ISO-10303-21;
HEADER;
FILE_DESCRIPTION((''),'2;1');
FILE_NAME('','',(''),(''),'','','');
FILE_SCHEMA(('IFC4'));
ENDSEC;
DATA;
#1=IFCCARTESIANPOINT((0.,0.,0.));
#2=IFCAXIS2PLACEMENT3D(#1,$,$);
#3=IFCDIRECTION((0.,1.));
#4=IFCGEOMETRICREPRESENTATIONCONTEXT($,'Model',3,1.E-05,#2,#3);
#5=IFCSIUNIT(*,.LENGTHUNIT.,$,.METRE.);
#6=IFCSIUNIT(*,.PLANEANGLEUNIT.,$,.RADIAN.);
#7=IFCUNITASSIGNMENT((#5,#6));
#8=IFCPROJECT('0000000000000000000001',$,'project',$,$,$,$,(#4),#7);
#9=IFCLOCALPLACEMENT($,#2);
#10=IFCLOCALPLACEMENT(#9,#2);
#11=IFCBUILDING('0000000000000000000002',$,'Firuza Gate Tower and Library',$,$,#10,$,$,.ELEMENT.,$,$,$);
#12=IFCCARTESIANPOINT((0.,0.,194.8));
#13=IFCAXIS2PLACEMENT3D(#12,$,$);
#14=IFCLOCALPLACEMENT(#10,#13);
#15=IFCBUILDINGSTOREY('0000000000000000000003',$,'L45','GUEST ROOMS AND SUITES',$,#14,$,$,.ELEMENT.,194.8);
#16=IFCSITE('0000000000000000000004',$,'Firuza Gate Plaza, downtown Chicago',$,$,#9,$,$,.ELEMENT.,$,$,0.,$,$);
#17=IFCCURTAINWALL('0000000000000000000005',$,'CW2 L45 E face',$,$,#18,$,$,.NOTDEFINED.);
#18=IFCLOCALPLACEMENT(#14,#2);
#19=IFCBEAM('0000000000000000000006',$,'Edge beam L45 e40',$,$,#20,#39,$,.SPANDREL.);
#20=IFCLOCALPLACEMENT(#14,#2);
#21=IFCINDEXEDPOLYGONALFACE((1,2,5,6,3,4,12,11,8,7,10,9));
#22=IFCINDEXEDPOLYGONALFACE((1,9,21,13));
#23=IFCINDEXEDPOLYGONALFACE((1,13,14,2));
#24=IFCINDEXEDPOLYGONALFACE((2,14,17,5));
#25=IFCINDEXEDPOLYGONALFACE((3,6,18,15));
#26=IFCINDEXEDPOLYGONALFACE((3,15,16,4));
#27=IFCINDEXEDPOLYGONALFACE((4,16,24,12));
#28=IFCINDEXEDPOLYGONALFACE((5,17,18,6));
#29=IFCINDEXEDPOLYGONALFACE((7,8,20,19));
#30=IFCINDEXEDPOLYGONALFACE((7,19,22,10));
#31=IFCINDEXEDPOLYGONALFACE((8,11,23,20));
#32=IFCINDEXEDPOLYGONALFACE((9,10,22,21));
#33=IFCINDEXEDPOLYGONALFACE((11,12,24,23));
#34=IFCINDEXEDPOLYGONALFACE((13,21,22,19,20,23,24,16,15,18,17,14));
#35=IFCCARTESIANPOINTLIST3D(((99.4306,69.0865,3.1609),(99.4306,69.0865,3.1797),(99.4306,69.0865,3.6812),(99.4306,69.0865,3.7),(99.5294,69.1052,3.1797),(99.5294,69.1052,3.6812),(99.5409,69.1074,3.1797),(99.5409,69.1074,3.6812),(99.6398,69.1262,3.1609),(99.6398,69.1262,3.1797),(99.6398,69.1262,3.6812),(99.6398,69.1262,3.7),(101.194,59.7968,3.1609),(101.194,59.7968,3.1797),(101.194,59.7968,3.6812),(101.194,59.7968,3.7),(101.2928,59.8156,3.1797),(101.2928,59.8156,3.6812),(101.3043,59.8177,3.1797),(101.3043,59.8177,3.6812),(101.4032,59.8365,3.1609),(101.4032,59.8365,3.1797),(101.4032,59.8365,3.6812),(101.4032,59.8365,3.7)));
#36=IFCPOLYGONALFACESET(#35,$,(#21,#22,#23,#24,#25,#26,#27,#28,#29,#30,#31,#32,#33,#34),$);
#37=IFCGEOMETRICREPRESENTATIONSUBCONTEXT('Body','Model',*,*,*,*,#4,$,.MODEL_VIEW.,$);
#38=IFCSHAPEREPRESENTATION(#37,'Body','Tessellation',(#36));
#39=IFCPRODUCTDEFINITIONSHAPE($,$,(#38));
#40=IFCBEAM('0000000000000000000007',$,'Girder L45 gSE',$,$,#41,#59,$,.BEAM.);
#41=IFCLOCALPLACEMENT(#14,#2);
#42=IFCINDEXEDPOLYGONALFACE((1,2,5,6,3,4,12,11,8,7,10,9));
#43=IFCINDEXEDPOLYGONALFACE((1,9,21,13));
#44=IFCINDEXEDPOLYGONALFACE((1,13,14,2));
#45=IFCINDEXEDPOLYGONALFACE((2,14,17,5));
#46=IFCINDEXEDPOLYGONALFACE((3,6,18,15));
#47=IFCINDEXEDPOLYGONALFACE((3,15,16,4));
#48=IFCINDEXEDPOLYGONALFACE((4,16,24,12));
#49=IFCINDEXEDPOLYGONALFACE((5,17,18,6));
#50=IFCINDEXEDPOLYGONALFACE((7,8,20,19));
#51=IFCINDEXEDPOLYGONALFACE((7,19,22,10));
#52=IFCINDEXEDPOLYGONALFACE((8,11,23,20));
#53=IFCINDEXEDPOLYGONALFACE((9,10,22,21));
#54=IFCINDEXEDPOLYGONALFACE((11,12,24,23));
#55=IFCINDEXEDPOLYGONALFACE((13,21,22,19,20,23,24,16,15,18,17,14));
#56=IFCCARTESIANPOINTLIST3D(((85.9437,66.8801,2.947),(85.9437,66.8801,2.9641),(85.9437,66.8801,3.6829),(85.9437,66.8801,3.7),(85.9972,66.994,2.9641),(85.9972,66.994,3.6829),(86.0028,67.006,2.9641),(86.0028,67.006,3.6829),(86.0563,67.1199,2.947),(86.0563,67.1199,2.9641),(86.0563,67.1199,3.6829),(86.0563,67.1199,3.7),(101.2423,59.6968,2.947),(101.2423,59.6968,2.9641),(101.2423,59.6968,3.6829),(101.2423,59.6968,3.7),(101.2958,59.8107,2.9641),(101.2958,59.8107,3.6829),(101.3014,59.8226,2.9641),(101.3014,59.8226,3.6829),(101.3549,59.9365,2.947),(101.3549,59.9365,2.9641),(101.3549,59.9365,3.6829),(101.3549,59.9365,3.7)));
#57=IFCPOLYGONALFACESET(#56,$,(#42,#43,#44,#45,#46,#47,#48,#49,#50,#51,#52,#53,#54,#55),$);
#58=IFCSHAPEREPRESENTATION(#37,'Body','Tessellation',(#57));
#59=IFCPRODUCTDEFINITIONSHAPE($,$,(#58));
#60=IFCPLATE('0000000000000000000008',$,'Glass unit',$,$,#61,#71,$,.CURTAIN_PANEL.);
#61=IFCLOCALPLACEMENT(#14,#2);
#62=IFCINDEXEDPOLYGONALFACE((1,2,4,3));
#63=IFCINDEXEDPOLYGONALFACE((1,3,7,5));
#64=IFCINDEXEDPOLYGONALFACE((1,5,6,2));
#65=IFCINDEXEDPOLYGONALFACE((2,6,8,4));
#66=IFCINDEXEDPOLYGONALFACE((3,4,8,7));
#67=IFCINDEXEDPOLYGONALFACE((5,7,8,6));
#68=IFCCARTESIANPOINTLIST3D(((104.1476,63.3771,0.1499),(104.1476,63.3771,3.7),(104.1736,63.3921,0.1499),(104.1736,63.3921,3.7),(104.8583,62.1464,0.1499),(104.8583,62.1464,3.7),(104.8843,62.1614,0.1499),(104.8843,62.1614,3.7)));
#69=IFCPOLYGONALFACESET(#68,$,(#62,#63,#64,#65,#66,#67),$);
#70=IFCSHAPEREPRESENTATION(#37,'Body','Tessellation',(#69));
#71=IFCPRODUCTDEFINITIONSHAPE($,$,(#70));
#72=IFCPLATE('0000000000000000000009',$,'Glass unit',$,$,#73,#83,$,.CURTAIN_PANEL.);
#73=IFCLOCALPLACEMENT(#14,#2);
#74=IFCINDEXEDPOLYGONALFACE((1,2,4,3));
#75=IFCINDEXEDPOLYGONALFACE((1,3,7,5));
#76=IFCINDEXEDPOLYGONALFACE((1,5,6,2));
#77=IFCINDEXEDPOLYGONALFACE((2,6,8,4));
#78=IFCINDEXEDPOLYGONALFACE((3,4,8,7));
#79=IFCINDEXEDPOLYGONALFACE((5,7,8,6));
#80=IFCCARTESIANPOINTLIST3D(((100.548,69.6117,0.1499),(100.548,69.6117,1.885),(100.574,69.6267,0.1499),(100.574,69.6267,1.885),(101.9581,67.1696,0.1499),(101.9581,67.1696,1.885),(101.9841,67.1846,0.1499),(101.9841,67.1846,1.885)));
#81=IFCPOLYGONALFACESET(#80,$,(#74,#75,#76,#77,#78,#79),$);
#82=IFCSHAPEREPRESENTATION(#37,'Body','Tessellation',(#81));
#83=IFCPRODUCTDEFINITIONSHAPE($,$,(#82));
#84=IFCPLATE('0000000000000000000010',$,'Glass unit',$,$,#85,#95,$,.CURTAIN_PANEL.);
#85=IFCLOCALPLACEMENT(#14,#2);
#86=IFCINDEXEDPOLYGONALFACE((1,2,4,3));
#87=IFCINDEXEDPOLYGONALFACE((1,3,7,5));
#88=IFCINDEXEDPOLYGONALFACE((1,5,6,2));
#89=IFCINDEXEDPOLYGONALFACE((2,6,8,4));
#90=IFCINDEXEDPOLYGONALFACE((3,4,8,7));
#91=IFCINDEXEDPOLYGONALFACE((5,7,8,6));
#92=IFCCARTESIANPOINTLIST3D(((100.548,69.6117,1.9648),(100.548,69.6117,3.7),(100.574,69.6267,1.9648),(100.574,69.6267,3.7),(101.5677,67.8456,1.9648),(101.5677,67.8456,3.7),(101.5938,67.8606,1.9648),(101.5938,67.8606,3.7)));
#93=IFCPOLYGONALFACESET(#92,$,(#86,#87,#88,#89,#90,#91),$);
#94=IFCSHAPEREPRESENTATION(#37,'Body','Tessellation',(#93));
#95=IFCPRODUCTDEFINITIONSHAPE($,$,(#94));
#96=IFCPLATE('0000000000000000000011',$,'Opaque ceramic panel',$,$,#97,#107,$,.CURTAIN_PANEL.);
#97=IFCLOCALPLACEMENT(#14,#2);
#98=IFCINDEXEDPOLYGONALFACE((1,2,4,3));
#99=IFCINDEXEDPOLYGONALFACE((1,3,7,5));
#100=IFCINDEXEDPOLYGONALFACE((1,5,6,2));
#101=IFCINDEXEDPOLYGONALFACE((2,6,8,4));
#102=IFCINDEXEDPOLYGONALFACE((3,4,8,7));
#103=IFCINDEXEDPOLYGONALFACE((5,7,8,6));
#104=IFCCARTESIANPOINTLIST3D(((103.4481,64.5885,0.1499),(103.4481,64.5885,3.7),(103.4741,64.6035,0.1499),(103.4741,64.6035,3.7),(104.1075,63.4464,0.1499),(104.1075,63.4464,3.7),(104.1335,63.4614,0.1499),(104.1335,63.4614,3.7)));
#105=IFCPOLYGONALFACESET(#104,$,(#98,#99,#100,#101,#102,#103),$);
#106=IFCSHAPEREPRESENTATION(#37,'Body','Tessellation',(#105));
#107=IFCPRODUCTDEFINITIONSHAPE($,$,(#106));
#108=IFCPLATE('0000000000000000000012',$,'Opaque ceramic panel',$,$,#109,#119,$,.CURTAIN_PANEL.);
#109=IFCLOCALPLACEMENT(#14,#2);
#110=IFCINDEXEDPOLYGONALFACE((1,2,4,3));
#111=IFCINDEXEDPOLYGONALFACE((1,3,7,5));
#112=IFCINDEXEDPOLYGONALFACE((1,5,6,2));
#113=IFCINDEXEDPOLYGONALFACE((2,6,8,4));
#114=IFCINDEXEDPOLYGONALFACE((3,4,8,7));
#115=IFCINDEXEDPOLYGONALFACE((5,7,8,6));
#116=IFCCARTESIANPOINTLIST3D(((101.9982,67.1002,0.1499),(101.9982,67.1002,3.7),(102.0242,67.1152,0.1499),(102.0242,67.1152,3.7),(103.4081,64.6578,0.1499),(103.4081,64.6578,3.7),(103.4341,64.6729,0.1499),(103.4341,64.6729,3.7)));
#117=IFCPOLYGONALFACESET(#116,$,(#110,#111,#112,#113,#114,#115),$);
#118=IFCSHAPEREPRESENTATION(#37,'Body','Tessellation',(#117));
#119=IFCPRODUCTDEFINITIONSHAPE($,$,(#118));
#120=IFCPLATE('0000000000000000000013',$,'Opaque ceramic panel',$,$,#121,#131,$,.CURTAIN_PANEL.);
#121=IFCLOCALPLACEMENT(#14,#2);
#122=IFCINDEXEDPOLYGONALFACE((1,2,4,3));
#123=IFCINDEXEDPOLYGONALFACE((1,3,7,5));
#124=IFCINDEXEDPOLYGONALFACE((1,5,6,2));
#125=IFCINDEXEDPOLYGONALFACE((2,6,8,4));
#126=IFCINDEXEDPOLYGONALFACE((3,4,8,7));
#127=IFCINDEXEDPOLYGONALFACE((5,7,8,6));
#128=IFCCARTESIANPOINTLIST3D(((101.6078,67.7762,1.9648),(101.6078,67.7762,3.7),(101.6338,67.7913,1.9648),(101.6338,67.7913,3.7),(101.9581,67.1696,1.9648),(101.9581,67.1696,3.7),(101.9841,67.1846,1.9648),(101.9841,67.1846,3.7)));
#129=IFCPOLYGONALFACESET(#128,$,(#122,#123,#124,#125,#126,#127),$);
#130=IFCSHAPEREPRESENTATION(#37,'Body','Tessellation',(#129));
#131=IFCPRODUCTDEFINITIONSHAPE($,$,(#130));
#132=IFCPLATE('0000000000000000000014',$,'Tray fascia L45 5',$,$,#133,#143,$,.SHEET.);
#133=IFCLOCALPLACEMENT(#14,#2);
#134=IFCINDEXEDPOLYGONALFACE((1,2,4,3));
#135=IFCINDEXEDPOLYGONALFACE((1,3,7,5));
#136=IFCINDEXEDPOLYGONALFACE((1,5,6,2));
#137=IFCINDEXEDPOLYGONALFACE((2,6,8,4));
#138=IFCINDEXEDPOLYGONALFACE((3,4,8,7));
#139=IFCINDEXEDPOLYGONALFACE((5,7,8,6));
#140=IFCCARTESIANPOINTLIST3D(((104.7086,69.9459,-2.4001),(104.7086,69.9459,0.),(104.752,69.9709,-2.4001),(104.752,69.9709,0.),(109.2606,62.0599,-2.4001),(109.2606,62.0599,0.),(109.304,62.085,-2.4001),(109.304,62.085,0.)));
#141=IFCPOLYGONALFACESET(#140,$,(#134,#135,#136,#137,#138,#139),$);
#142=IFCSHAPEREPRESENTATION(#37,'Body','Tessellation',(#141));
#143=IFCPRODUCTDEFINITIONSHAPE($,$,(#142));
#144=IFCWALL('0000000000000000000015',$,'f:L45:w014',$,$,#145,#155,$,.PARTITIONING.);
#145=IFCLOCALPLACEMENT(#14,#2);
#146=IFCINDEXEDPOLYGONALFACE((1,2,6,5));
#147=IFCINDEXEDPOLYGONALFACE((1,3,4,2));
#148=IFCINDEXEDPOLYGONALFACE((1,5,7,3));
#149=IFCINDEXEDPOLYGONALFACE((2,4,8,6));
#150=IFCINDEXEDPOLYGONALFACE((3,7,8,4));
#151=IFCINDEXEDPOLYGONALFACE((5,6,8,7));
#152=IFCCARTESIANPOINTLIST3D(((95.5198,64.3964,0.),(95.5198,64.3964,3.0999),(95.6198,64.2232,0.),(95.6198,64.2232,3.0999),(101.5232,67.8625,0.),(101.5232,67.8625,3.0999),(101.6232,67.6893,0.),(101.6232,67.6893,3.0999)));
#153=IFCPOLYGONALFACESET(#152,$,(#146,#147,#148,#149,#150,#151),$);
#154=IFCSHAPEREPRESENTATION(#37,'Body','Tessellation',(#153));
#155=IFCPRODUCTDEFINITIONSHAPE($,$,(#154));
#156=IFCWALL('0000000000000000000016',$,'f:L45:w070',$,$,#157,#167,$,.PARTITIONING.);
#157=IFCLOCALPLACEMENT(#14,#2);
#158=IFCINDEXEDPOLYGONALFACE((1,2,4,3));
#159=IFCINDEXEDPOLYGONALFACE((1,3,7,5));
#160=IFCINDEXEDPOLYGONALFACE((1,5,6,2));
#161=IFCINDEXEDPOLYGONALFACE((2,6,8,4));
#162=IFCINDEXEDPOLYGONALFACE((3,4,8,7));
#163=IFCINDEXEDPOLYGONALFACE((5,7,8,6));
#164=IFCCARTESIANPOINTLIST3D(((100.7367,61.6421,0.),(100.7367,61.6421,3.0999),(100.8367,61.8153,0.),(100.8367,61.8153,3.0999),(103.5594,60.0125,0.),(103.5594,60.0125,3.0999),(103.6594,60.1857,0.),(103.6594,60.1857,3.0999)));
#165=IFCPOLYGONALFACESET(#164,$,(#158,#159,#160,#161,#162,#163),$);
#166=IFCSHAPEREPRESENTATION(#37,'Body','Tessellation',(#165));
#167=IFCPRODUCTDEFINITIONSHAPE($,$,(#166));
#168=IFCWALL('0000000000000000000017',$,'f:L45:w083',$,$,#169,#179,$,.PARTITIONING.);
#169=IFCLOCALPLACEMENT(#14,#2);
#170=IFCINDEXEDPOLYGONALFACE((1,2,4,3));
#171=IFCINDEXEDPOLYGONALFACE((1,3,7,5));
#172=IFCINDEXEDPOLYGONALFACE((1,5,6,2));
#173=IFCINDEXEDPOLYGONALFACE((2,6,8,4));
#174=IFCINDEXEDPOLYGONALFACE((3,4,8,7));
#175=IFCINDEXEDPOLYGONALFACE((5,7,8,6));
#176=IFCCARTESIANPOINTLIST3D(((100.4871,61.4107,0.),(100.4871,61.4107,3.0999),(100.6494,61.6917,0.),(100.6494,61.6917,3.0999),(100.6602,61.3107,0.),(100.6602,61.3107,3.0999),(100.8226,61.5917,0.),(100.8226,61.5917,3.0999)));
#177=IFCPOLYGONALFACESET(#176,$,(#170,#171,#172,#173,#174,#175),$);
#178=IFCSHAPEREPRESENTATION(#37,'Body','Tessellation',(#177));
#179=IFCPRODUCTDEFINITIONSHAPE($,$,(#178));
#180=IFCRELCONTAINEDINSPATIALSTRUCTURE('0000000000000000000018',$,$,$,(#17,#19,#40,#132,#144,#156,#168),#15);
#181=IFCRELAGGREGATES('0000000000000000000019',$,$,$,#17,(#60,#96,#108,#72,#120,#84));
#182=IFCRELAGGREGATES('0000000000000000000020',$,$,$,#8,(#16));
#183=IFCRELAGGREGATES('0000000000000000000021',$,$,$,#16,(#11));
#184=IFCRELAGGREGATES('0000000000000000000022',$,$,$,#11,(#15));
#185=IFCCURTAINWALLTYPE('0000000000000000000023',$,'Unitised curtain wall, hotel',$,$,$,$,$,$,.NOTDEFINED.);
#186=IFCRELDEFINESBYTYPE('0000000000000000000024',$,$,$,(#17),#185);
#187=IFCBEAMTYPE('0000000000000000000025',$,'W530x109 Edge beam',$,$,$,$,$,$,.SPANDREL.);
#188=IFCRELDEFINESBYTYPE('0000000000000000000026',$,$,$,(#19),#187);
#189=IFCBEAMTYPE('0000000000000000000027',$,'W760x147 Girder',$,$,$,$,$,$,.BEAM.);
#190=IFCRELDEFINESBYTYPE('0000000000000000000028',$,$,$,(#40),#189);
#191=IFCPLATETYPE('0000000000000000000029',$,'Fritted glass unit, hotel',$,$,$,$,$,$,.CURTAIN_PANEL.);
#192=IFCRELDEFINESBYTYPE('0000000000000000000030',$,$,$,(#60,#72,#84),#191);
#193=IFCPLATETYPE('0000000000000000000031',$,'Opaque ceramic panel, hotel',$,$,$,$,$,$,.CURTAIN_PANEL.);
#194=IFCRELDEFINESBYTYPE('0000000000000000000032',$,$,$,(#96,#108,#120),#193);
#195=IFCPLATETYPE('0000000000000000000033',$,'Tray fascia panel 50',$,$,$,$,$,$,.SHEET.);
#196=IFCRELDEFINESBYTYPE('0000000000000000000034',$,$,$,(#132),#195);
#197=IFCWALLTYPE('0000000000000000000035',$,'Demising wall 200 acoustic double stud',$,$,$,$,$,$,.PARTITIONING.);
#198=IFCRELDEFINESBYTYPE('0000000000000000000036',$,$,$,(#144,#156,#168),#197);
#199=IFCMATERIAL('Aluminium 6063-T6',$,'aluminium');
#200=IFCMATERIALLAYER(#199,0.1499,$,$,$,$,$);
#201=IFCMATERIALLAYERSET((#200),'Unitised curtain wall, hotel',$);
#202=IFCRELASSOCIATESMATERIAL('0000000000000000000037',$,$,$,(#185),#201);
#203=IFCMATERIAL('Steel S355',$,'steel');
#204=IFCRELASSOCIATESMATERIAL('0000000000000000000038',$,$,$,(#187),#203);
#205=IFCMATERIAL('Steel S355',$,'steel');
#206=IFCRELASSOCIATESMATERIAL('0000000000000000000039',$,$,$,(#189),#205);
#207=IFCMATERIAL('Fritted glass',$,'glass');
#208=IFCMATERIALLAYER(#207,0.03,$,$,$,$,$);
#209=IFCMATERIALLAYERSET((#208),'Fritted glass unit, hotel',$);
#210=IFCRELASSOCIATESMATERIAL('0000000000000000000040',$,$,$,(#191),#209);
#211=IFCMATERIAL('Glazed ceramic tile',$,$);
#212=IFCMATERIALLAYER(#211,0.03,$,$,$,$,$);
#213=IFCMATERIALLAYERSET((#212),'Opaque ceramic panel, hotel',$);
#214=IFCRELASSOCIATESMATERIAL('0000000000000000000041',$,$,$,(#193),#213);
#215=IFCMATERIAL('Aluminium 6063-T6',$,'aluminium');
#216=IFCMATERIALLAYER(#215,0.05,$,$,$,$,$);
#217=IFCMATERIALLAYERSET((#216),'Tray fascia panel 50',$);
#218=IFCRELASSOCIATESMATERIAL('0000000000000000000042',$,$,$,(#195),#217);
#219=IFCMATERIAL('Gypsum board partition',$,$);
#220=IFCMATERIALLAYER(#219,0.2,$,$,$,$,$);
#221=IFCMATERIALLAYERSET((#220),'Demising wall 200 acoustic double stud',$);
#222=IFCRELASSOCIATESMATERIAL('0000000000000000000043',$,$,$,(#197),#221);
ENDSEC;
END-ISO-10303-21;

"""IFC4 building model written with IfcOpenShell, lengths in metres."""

from ifc_helpers import new_model, si_unit, direction, frame, frame_2d, origin, origin_2d, place, context, subcontext, project, spatial, polyline, rectangle, i_section, outline, extrude, material, layer, layer_set, material_profile, profile_set, type_object, element, aggregate, save


model = new_model("IFC4")

# Units and contexts
model_context = context("Model", 3, precision=1e-05, world=origin(), true_north=direction((0.0, 1.0)))
body_context = subcontext(model_context, "Body", "Model", "MODEL_VIEW")
ifc_project = project(units=[si_unit("LENGTHUNIT", "METRE"), si_unit("PLANEANGLEUNIT", "RADIAN")], contexts=[model_context])

# Site, building, storey
site_placement = place(None, origin())
site = spatial("IfcSite", under=ifc_project, at=site_placement, Name="Firuza Gate Plaza, downtown Chicago", CompositionType="ELEMENT", RefElevation=0.0)
building_placement = place(site_placement, origin())
building = spatial("IfcBuilding", under=site, at=building_placement, Name="Firuza Gate Tower and Library", CompositionType="ELEMENT")
storey_placement = place(building_placement, frame((0.0, 0.0, 194.8)))
storey = spatial("IfcBuildingStorey", under=building, at=storey_placement, Name="L45", Description="GUEST ROOMS AND SUITES", CompositionType="ELEMENT", Elevation=194.8)

# Curtain wall
ifc_material_1 = material(Name="Aluminium 6063-T6", Category="aluminium")
ifc_layer_1 = layer(ifc_material_1, 0.1499)
ifc_layer_set_1 = layer_set([ifc_layer_1], Name="Unitised curtain wall, hotel")
curtain_wall_type = type_object("IfcCurtainWallType", Name="Unitised curtain wall, hotel", PredefinedType="NOTDEFINED", material=ifc_layer_set_1)
curtain_wall_placement = place(storey_placement, origin())
curtain_wall = element("IfcCurtainWall", 1, at=curtain_wall_placement, inside=storey, type_object=curtain_wall_type, Name="CW2 L45 E face", PredefinedType="NOTDEFINED")

# Beams
ifc_material_2 = material(Name="Steel S355", Category="steel")
ifc_material_profile_1 = material_profile(ifc_material_2, i_section(OverallWidth=0.2129, OverallDepth=0.5391, WebThickness=0.0117, FlangeThickness=0.0188, at=origin_2d()))
ifc_profile_set_1 = profile_set([ifc_material_profile_1], Name="Steel S355")
beam_type_1 = type_object("IfcBeamType", Name="W530x109 Edge beam", PredefinedType="SPANDREL", material=ifc_profile_set_1)
beam_1_placement = place(storey_placement, frame((101.2986, 59.8167, 3.4304), z_axis=(-0.186494, 0.982456, 0.0), x_axis=(-0.982456, -0.186494, 0.0)))
element("IfcBeam", 2, at=beam_1_placement, inside=storey, type_object=beam_type_1, Name="Edge beam L45 e40", PredefinedType="SPANDREL", context=body_context, shape_type="SweptSolid", body=[
    extrude(i_section(OverallWidth=0.2129, OverallDepth=0.5391, WebThickness=0.0117, FlangeThickness=0.0188, at=origin_2d()), origin(), (0.0, 0.0, 1.0), 9.4556),
])
ifc_material_3 = material(Name="Steel S355", Category="steel")
ifc_material_profile_2 = material_profile(ifc_material_3, i_section(OverallWidth=0.2649, OverallDepth=0.7529, WebThickness=0.0132, FlangeThickness=0.0171, at=origin_2d()))
ifc_profile_set_2 = profile_set([ifc_material_profile_2], Name="Steel S355")
beam_type_2 = type_object("IfcBeamType", Name="W760x147 Girder", PredefinedType="BEAM", material=ifc_profile_set_2)
beam_2_placement = place(storey_placement, frame((101.2986, 59.8167, 3.3235), z_axis=(-0.905183, 0.425023, 0.0), x_axis=(-0.425023, -0.905183, 0.0)))
element("IfcBeam", 3, at=beam_2_placement, inside=storey, type_object=beam_type_2, Name="Girder L45 gSE", PredefinedType="BEAM", context=body_context, shape_type="SweptSolid", body=[
    extrude(i_section(OverallWidth=0.2649, OverallDepth=0.7529, WebThickness=0.0132, FlangeThickness=0.0171, at=origin_2d()), origin(), (0.0, 0.0, 1.0), 16.9011),
])

# Plates
ifc_material_4 = material(Name="Fritted glass", Category="glass")
ifc_layer_2 = layer(ifc_material_4, 0.03)
ifc_layer_set_2 = layer_set([ifc_layer_2], Name="Fritted glass unit, hotel")
plate_type_1 = type_object("IfcPlateType", Name="Fritted glass unit, hotel", PredefinedType="CURTAIN_PANEL", material=ifc_layer_set_2)
plate_1_placement = place(storey_placement, frame((104.8843, 62.1614, 0.1499), z_axis=(0.865982, 0.500074, 0.0), x_axis=(-0.500074, 0.865982, 0.0)))
plate_1 = element("IfcPlate", 4, at=plate_1_placement, type_object=plate_type_1, Name="Glass unit", PredefinedType="CURTAIN_PANEL", context=body_context, shape_type="SweptSolid", body=[
    extrude(outline(polyline([(0.0, 0.0), (1.4212, 0.0), (1.4212, 3.55), (0.0, 3.55), (0.0, 0.0)])), origin(), (0.0, 0.0, -1.0), 0.03),
])
plate_2_placement = place(storey_placement, frame((101.9841, 67.1846, 0.1499), z_axis=(0.865997, 0.50005, 0.0), x_axis=(-0.50005, 0.865997, 0.0)))
plate_2 = element("IfcPlate", 5, at=plate_2_placement, type_object=plate_type_1, Name="Glass unit", PredefinedType="CURTAIN_PANEL", context=body_context, shape_type="SweptSolid", body=[
    extrude(outline(polyline([(0.0, 0.0), (2.82, 0.0), (2.82, 1.7351), (0.0, 1.7351), (0.0, 0.0)])), origin(), (0.0, 0.0, -1.0), 0.03),
])
plate_3_placement = place(storey_placement, frame((101.5938, 67.8606, 1.9648), z_axis=(0.866002, 0.50004, 0.0), x_axis=(-0.50004, 0.866002, 0.0)))
plate_3 = element("IfcPlate", 6, at=plate_3_placement, type_object=plate_type_1, Name="Glass unit", PredefinedType="CURTAIN_PANEL", context=body_context, shape_type="SweptSolid", body=[
    extrude(outline(polyline([(0.0, 0.0), (2.0394, 0.0), (2.0394, 1.7351), (0.0, 1.7351), (0.0, 0.0)])), origin(), (0.0, 0.0, -1.0), 0.03),
])
ifc_material_5 = material(Name="Glazed ceramic tile")
ifc_layer_3 = layer(ifc_material_5, 0.03)
ifc_layer_set_3 = layer_set([ifc_layer_3], Name="Opaque ceramic panel, hotel")
plate_type_2 = type_object("IfcPlateType", Name="Opaque ceramic panel, hotel", PredefinedType="CURTAIN_PANEL", material=ifc_layer_set_3)
plate_4_placement = place(storey_placement, frame((104.1335, 63.4614, 0.1499), z_axis=(0.866013, 0.500022, 0.0), x_axis=(-0.500022, 0.866013, 0.0)))
plate_4 = element("IfcPlate", 7, at=plate_4_placement, type_object=plate_type_2, Name="Opaque ceramic panel", PredefinedType="CURTAIN_PANEL", context=body_context, shape_type="SweptSolid", body=[
    extrude(outline(polyline([(0.0, 0.0), (1.3188, 0.0), (1.3188, 3.55), (0.0, 3.55), (0.0, 0.0)])), origin(), (0.0, 0.0, -1.0), 0.03),
])
plate_5_placement = place(storey_placement, frame((103.4341, 64.6729, 0.1499), z_axis=(0.866056, 0.499947, 0.0), x_axis=(-0.499947, 0.866056, 0.0)))
plate_5 = element("IfcPlate", 8, at=plate_5_placement, type_object=plate_type_2, Name="Opaque ceramic panel", PredefinedType="CURTAIN_PANEL", context=body_context, shape_type="SweptSolid", body=[
    extrude(outline(polyline([(0.0, 0.0), (2.8201, 0.0), (2.8201, 3.55), (0.0, 3.55), (0.0, 0.0)])), origin(), (0.0, 0.0, -1.0), 0.03),
])
plate_6_placement = place(storey_placement, frame((101.9841, 67.1846, 1.9648), z_axis=(0.865982, 0.500074, 0.0), x_axis=(-0.500074, 0.865982, 0.0)))
plate_6 = element("IfcPlate", 9, at=plate_6_placement, type_object=plate_type_2, Name="Opaque ceramic panel", PredefinedType="CURTAIN_PANEL", context=body_context, shape_type="SweptSolid", body=[
    extrude(outline(polyline([(0.0, 0.0), (0.7006, 0.0), (0.7006, 1.7351), (0.0, 1.7351), (0.0, 0.0)])), origin(), (0.0, 0.0, -1.0), 0.03),
])
aggregate(curtain_wall, [plate_1, plate_4, plate_5, plate_2, plate_6, plate_3])
ifc_material_6 = material(Name="Aluminium 6063-T6", Category="aluminium")
ifc_layer_4 = layer(ifc_material_6, 0.05)
ifc_layer_set_4 = layer_set([ifc_layer_4], Name="Tray fascia panel 50")
plate_type_3 = type_object("IfcPlateType", Name="Tray fascia panel 50", PredefinedType="SHEET", material=ifc_layer_set_4)
plate_7_placement = place(storey_placement, frame((109.304, 62.085, -2.4001), z_axis=(0.866072, 0.49992, 0.0), x_axis=(-0.49992, 0.866072, 0.0)))
element("IfcPlate", 10, at=plate_7_placement, inside=storey, type_object=plate_type_3, Name="Tray fascia L45 5", PredefinedType="SHEET", context=body_context, shape_type="SweptSolid", body=[
    extrude(outline(polyline([(0.0, 0.0), (9.1055, 0.0), (9.1055, 2.4001), (0.0, 2.4001), (0.0, 0.0)])), origin(), (0.0, 0.0, -1.0), 0.05),
])

# Walls
ifc_material_7 = material(Name="Gypsum board partition")
ifc_layer_5 = layer(ifc_material_7, 0.2)
ifc_layer_set_5 = layer_set([ifc_layer_5], Name="Demising wall 200 acoustic double stud")
wall_type_1 = type_object("IfcWallType", Name="Demising wall 200 acoustic double stud", PredefinedType="PARTITIONING", material=ifc_layer_set_5)
wall_1_placement = place(storey_placement, frame((95.5698, 64.3098, 0.0), z_axis=(0.0, 0.0, 1.0), x_axis=(0.866026, 0.499999, 0.0)))
element("IfcWall", 11, at=wall_1_placement, inside=storey, type_object=wall_type_1, Name="f:L45:w014", PredefinedType="PARTITIONING", context=body_context, shape_type="SweptSolid", body=[
    extrude(rectangle(XDim=6.9321, YDim=0.2, at=frame_2d((3.4661, 0.0))), origin(), (0.0, 0.0, 1.0), 3.0999),
])
wall_2_placement = place(storey_placement, frame((103.6094, 60.0991, 0.0), z_axis=(0.0, 0.0, 1.0), x_axis=(-0.866036, 0.499982, 0.0)))
element("IfcWall", 12, at=wall_2_placement, inside=storey, type_object=wall_type_1, Name="f:L45:w070", PredefinedType="PARTITIONING", context=body_context, shape_type="SweptSolid", body=[
    extrude(rectangle(XDim=3.2593, YDim=0.2, at=frame_2d((1.6296, 0.0))), origin(), (0.0, 0.0, 1.0), 3.0999),
])
wall_3_placement = place(storey_placement, frame((100.5737, 61.3608, 0.0), z_axis=(0.0, 0.0, 1.0), x_axis=(0.500265, 0.865872, 0.0)))
element("IfcWall", 13, at=wall_3_placement, inside=storey, type_object=wall_type_1, Name="f:L45:w083", PredefinedType="PARTITIONING", context=body_context, shape_type="SweptSolid", body=[
    extrude(rectangle(XDim=0.3245, YDim=0.2, at=frame_2d((0.1621, 0.0))), origin(), (0.0, 0.0, 1.0), 3.0999),
])

save(model, "model.ifc")
